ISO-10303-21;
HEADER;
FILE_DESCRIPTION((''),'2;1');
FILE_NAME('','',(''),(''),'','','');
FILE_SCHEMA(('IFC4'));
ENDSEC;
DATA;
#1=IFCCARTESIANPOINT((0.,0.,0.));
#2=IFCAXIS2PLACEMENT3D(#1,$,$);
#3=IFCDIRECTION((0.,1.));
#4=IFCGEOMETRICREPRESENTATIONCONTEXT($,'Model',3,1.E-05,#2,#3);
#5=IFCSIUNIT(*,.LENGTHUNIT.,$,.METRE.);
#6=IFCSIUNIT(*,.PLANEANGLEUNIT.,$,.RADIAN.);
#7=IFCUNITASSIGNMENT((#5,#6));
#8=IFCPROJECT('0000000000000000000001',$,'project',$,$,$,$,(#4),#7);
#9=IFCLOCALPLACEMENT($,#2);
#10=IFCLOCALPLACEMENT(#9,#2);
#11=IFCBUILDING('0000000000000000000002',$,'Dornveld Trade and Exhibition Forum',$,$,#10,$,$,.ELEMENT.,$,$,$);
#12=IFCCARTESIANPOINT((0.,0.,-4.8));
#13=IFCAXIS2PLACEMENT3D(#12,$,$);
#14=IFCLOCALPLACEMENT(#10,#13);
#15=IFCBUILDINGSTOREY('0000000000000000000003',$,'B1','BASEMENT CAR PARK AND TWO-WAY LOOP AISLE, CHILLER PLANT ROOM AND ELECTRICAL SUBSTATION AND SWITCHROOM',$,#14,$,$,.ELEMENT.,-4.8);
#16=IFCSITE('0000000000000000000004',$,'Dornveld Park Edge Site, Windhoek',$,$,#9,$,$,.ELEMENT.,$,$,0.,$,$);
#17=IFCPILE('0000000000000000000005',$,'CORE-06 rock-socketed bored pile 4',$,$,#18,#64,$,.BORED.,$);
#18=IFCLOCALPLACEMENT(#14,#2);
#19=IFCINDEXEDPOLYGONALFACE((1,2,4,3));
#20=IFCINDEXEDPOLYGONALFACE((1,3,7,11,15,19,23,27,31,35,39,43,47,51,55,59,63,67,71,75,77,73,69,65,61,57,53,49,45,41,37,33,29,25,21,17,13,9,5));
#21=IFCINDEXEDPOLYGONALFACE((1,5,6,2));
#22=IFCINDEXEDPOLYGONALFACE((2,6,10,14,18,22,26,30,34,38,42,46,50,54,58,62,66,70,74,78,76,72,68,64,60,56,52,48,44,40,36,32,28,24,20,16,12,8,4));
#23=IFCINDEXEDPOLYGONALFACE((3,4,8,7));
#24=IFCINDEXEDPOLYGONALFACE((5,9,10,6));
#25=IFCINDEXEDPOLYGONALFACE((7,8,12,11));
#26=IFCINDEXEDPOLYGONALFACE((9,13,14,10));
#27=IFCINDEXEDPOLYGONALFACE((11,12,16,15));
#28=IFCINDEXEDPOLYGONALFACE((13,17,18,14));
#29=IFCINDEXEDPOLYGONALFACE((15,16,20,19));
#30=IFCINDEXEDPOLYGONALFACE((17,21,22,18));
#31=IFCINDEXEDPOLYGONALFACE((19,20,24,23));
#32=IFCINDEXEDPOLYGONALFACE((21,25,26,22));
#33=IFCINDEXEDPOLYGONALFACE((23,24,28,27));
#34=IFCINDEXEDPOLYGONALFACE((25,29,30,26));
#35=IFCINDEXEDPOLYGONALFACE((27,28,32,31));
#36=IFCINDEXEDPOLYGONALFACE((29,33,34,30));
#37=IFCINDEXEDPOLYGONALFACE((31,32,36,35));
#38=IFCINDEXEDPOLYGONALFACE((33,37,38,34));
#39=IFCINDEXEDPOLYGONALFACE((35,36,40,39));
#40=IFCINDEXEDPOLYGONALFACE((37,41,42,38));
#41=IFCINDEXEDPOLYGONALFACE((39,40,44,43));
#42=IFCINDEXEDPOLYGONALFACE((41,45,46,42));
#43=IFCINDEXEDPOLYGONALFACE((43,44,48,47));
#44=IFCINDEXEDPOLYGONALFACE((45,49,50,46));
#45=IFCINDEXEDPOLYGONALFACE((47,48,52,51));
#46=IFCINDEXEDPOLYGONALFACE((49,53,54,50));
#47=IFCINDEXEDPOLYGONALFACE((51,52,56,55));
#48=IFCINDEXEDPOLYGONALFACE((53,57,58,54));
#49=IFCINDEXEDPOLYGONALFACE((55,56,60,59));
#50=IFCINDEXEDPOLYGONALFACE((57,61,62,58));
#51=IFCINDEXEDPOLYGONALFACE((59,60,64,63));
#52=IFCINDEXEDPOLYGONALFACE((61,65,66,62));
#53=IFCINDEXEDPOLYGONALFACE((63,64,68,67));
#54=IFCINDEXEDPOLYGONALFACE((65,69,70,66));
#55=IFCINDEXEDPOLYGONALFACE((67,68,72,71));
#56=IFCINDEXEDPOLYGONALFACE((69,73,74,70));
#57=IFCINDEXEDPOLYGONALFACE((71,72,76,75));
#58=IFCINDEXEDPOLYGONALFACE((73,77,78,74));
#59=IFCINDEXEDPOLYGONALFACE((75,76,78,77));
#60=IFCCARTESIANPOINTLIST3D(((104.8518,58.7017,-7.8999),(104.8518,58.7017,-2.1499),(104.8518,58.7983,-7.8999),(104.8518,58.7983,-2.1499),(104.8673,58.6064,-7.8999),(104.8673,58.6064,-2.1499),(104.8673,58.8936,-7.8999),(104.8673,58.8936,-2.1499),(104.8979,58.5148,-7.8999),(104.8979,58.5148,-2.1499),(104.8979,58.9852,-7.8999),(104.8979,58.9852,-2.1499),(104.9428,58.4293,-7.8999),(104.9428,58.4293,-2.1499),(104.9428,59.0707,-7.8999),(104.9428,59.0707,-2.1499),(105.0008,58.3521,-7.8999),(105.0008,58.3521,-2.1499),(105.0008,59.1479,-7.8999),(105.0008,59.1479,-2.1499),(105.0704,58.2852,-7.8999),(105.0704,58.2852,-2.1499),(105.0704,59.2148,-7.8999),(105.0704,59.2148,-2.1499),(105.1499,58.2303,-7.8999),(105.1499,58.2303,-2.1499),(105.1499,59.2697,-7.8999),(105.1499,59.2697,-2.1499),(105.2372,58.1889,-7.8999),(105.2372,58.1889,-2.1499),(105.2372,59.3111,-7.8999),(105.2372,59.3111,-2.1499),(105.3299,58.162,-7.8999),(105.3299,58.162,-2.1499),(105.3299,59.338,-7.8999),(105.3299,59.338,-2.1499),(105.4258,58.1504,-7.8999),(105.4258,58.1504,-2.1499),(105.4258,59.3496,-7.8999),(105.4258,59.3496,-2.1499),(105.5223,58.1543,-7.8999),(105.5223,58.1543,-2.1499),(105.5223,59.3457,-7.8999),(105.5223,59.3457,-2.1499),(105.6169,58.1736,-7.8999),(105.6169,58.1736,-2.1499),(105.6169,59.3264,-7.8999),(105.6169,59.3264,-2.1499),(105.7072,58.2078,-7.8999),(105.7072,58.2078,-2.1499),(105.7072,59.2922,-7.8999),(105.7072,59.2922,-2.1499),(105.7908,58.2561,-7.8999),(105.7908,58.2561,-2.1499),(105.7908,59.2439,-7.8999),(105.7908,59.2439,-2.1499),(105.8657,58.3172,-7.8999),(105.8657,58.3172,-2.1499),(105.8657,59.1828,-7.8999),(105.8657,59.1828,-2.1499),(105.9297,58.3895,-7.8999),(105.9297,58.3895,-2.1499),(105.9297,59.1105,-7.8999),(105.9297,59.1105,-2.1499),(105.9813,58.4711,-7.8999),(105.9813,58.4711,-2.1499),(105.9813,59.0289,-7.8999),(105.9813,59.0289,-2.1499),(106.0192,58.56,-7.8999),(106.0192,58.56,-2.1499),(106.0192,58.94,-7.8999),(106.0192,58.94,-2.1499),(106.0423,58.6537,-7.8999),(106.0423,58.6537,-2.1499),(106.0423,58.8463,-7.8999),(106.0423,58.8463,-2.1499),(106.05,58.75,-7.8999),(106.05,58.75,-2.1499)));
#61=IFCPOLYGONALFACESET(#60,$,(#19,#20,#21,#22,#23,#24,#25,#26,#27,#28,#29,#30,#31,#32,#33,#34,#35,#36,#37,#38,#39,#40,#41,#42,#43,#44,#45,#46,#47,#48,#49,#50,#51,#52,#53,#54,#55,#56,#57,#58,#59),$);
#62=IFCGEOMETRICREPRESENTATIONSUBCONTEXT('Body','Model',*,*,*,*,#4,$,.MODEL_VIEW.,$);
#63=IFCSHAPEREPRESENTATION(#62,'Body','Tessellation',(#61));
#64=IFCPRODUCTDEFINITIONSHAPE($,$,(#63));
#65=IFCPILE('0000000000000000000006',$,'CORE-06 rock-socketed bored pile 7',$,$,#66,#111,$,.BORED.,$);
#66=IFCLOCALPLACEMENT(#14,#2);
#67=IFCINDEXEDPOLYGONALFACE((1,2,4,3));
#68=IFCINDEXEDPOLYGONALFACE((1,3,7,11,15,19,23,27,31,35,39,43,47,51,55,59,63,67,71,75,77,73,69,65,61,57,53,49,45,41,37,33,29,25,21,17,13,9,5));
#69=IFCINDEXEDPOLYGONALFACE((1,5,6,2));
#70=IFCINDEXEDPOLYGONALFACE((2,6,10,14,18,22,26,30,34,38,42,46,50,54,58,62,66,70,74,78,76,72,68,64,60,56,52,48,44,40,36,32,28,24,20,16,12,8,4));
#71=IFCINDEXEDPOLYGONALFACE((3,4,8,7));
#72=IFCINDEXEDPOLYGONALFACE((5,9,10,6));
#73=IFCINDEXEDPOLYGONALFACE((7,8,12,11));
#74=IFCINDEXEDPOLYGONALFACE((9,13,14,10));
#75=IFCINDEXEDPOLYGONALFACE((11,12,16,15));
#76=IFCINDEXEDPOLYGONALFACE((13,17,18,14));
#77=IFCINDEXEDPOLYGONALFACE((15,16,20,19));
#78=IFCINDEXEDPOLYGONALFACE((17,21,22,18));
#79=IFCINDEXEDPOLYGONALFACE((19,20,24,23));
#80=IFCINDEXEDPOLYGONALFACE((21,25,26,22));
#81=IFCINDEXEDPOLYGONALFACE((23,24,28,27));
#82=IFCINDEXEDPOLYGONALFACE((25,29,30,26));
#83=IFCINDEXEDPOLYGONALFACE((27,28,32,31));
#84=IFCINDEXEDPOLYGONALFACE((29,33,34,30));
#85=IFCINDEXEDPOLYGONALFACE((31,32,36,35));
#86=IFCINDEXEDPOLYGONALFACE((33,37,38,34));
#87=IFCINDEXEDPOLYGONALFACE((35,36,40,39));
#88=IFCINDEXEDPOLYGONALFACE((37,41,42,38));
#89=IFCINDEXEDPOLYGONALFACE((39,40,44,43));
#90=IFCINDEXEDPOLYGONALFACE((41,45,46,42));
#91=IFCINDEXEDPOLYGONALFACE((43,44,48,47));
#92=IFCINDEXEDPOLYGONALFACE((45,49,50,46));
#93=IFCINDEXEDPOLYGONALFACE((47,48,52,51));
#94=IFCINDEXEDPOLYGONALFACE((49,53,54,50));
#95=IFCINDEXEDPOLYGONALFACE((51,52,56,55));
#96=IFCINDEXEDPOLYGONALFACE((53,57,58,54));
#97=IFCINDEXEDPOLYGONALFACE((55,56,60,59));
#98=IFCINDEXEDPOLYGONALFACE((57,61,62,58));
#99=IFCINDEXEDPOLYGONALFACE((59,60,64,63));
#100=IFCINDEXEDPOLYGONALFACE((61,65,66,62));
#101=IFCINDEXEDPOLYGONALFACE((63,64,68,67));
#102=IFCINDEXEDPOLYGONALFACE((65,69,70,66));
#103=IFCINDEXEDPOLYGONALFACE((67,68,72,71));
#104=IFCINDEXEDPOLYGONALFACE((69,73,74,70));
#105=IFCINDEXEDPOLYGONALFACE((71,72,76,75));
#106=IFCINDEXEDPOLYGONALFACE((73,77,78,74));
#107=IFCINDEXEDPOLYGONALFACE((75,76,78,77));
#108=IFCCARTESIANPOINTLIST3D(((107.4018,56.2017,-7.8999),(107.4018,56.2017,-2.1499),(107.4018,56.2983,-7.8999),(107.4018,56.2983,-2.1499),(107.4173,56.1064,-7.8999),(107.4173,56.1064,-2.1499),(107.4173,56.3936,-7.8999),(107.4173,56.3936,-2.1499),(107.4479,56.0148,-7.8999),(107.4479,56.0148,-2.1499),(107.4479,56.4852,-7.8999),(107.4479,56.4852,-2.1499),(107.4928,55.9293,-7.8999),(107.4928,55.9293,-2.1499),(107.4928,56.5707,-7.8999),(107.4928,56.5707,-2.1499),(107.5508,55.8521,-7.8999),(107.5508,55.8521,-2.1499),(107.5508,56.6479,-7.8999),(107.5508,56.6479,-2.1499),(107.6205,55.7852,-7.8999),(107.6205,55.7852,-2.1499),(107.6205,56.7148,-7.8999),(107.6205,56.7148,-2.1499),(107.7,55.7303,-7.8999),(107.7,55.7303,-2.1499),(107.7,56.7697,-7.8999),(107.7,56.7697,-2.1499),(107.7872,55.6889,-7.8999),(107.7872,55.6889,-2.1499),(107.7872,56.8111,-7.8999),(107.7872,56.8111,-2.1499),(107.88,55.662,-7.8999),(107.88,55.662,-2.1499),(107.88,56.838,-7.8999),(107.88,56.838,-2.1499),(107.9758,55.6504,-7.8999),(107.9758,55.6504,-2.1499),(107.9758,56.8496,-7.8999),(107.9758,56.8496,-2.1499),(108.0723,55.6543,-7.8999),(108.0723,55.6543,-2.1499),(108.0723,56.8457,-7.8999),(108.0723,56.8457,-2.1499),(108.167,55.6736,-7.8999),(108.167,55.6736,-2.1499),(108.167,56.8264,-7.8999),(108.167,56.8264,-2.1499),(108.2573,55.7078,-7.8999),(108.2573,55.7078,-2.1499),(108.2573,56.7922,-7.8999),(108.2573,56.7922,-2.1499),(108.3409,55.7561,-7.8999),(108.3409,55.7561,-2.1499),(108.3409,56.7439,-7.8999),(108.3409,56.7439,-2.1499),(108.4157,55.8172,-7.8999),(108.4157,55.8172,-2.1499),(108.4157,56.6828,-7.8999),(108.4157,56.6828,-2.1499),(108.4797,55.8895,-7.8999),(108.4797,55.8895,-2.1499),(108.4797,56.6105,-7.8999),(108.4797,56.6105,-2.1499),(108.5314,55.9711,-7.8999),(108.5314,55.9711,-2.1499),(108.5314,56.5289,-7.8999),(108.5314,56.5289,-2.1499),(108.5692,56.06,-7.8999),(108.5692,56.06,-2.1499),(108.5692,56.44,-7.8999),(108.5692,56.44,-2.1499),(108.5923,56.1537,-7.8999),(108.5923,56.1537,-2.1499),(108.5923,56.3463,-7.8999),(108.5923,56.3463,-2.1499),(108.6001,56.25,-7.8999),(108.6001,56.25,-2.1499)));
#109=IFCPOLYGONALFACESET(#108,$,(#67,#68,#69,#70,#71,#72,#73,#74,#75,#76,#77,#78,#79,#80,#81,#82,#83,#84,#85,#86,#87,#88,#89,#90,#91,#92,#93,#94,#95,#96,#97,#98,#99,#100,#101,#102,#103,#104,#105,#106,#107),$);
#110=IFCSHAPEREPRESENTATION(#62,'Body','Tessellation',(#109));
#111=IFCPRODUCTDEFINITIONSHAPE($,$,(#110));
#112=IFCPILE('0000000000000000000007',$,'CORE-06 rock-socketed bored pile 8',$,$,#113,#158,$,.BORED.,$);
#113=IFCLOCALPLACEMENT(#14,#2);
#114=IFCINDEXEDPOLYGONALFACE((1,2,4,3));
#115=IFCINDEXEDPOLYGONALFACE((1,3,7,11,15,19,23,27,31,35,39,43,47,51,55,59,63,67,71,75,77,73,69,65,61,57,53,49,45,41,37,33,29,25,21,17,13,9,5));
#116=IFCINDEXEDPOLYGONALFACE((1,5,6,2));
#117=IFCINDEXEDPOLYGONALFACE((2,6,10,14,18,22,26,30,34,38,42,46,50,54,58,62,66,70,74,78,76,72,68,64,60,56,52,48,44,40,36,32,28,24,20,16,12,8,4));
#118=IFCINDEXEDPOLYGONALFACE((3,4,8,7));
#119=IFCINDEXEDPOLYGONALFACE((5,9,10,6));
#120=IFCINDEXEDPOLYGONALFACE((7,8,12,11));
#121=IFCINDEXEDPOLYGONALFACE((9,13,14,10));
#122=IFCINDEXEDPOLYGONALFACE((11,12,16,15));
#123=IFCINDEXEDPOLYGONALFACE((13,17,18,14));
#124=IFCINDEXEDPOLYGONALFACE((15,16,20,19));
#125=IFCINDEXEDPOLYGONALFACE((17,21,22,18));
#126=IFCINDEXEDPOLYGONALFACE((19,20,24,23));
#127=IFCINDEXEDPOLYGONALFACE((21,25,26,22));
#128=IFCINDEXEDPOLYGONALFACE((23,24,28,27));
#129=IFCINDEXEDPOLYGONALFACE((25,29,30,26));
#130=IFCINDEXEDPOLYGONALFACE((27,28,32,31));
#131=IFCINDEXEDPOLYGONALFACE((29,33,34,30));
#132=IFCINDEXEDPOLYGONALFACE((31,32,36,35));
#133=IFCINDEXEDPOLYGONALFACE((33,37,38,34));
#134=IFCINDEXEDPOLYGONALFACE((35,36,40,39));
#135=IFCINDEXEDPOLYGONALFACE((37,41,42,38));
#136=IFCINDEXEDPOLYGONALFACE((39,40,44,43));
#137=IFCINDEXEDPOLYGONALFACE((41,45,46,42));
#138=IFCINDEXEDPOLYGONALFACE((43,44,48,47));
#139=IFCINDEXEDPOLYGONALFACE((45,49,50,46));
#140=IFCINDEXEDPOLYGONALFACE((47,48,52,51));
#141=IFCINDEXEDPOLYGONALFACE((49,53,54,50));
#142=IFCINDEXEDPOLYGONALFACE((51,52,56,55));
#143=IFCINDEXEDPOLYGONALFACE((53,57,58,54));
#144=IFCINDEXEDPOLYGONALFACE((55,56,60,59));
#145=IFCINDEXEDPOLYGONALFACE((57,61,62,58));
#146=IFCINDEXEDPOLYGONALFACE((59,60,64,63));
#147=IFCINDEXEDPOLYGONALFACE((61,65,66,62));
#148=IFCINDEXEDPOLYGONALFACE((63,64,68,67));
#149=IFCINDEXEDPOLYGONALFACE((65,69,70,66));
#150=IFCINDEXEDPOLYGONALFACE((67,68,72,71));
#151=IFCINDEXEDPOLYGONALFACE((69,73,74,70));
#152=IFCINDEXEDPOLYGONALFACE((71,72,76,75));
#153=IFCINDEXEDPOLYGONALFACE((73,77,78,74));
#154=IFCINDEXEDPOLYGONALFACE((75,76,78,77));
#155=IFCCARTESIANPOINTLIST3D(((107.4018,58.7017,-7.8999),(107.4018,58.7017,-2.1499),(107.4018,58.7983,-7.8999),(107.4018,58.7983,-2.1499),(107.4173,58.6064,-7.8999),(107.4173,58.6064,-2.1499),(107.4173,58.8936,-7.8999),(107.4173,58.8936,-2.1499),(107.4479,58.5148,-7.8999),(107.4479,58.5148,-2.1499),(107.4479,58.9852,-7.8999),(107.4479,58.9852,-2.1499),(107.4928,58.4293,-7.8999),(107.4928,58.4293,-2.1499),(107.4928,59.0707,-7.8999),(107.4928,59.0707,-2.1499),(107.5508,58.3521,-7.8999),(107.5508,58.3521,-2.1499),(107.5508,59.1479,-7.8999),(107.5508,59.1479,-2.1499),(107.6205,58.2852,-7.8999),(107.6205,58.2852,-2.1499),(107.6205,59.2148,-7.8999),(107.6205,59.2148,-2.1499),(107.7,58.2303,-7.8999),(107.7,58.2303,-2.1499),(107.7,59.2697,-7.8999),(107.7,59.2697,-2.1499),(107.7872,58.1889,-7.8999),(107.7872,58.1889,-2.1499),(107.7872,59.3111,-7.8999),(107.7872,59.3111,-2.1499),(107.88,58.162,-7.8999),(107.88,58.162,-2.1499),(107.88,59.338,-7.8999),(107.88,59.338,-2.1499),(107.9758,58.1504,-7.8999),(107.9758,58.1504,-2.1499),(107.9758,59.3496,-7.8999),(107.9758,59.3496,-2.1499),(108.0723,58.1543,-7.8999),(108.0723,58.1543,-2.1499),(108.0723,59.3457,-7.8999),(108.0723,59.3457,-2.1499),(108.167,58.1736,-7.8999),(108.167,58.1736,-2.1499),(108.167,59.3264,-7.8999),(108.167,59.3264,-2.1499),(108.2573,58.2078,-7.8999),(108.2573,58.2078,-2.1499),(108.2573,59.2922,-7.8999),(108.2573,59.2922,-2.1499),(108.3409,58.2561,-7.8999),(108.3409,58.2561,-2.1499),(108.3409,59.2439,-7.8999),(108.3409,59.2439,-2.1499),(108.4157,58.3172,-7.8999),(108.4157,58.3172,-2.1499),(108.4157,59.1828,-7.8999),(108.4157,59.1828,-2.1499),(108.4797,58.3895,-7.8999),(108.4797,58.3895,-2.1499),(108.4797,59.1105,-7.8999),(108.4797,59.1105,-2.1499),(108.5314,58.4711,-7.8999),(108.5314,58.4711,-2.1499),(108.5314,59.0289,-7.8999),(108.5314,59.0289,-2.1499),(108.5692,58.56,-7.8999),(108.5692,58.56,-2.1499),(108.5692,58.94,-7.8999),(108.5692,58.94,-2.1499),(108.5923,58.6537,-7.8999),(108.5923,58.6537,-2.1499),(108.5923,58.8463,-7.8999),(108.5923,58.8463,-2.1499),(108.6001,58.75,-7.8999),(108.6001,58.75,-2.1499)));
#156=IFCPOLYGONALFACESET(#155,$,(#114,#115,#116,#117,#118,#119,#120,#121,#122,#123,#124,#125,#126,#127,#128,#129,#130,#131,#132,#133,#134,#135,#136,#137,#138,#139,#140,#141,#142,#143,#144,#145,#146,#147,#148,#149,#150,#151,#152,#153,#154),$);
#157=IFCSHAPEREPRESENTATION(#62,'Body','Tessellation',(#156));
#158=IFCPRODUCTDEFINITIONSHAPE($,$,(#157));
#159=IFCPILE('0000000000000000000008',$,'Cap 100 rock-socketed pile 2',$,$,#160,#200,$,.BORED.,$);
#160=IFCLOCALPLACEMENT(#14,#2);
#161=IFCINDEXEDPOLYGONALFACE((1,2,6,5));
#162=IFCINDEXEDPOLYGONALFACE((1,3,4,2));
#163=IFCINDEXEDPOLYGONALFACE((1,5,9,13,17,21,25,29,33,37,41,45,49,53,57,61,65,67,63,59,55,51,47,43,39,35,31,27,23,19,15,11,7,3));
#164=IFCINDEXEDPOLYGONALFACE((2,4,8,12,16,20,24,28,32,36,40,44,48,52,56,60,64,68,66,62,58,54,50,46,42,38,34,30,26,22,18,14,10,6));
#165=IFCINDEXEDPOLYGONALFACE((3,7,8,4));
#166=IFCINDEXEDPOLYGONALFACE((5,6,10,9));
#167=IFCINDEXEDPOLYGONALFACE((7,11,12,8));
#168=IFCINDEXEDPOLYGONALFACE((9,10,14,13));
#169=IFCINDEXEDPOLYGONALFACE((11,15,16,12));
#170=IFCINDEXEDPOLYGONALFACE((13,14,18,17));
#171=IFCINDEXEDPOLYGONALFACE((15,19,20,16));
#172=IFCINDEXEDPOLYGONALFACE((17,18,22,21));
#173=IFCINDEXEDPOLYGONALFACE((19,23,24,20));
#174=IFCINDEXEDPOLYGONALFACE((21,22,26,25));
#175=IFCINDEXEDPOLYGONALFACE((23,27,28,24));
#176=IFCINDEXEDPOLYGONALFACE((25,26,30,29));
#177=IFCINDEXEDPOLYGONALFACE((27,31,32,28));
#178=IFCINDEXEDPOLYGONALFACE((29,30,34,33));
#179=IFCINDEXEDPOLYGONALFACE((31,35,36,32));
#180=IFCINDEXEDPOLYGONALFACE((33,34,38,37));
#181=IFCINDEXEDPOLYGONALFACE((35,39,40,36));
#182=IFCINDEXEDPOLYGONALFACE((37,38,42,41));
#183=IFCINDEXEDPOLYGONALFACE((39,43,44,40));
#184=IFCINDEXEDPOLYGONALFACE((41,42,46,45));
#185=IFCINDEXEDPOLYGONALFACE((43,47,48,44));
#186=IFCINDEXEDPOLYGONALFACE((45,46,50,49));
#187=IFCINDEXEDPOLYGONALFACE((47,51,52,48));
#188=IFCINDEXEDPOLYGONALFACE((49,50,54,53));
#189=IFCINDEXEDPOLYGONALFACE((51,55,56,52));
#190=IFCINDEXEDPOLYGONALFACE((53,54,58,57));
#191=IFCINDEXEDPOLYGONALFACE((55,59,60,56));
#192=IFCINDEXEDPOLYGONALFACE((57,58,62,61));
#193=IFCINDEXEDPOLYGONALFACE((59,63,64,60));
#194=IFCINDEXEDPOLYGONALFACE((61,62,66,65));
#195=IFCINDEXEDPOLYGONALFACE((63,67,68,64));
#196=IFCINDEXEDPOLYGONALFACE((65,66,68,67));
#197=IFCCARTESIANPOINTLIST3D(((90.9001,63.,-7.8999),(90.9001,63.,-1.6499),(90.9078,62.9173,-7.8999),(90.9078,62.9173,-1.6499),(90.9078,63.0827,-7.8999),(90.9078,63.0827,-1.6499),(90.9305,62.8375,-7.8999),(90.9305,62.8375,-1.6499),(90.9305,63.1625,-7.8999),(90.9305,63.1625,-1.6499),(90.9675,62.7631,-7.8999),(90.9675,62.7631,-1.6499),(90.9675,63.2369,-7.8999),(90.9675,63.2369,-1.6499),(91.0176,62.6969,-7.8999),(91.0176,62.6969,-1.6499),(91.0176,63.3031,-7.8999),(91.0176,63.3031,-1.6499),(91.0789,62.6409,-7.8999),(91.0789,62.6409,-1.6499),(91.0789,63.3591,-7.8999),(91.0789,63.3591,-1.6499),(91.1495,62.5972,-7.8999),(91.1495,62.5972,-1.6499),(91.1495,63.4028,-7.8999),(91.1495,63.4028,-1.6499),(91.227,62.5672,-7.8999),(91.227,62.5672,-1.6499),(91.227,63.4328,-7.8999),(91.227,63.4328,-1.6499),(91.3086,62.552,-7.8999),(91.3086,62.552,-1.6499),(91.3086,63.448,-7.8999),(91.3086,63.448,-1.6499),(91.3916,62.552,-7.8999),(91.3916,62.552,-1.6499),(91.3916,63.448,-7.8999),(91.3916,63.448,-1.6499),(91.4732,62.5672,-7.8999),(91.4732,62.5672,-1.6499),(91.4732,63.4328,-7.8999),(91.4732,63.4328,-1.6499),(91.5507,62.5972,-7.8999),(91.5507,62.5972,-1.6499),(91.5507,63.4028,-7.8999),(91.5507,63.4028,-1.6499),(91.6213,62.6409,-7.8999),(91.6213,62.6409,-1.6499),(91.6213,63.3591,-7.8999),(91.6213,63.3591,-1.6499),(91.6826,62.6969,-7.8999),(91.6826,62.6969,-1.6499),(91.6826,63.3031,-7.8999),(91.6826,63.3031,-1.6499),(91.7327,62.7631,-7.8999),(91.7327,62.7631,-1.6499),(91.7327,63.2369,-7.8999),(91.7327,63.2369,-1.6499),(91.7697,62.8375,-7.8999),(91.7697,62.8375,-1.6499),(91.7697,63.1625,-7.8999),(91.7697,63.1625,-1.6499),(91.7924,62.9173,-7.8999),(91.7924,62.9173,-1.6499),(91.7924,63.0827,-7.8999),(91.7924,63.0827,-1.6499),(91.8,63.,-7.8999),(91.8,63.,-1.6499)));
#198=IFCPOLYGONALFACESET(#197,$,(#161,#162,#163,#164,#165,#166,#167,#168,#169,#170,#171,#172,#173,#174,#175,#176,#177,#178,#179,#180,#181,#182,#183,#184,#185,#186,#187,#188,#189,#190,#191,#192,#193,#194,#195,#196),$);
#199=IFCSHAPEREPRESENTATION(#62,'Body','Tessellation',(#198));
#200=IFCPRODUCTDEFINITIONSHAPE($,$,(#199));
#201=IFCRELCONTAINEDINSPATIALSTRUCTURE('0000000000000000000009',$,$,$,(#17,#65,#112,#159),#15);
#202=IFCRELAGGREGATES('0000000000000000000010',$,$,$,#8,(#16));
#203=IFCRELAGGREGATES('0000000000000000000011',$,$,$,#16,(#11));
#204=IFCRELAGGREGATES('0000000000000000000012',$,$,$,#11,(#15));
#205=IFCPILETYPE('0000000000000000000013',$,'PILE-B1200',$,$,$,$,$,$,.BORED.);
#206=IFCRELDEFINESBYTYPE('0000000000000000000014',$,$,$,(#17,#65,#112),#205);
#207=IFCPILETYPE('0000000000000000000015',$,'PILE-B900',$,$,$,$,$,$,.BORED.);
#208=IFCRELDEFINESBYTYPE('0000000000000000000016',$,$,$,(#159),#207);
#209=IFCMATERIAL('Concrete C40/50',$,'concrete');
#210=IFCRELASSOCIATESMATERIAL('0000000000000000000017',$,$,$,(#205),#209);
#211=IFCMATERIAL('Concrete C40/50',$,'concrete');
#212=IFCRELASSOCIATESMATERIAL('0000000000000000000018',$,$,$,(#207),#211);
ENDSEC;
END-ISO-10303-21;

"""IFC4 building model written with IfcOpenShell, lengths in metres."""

from ifc_helpers import new_model, si_unit, direction, frame, origin, origin_2d, place, context, subcontext, project, spatial, circle, extrude, material, material_profile, profile_set, type_object, element, save


model = new_model("IFC4")

# Units and contexts
model_context = context("Model", 3, precision=1e-05, world=origin(), true_north=direction((0.0, 1.0)))
body_context = subcontext(model_context, "Body", "Model", "MODEL_VIEW")
ifc_project = project(units=[si_unit("LENGTHUNIT", "METRE"), si_unit("PLANEANGLEUNIT", "RADIAN")], contexts=[model_context])

# Site, building, storey
site_placement = place(None, origin())
site = spatial("IfcSite", under=ifc_project, at=site_placement, Name="Dornveld Park Edge Site, Windhoek", CompositionType="ELEMENT", RefElevation=0.0)
building_placement = place(site_placement, origin())
building = spatial("IfcBuilding", under=site, at=building_placement, Name="Dornveld Trade and Exhibition Forum", CompositionType="ELEMENT")
storey_placement = place(building_placement, frame((0.0, 0.0, -4.8)))
storey = spatial("IfcBuildingStorey", under=building, at=storey_placement, Name="B1", Description="BASEMENT CAR PARK AND TWO-WAY LOOP AISLE, CHILLER PLANT ROOM AND ELECTRICAL SUBSTATION AND SWITCHROOM", CompositionType="ELEMENT", Elevation=-4.8)

# Piles
ifc_material_1 = material(Name="Concrete C40/50", Category="concrete")
ifc_material_profile_1 = material_profile(ifc_material_1, circle(Radius=0.6001, at=origin_2d()), Name="PILE D1200")
ifc_profile_set_1 = profile_set([ifc_material_profile_1], Name="Concrete C40/50")
pile_type_1 = type_object("IfcPileType", Name="PILE-B1200", PredefinedType="BORED", material=ifc_profile_set_1)
for number, where, z_axis, x_axis, name in (
    (1, (105.45, 58.75, -2.1499), (0.0, 0.0, -1.0), (1.0, 0.0, 0.0), "CORE-06 rock-socketed bored pile 4"),
    (2, (108.0, 56.25, -2.1499), (0.0, 0.0, -1.0), (1.0, 0.0, 0.0), "CORE-06 rock-socketed bored pile 7"),
    (3, (108.0, 58.75, -2.1499), (0.0, 0.0, -1.0), (1.0, 0.0, 0.0), "CORE-06 rock-socketed bored pile 8"),
):
    element("IfcPile", number, at=place(storey_placement, frame(where, z_axis=z_axis, x_axis=x_axis)), inside=storey, type_object=pile_type_1, Name=name, PredefinedType="BORED", context=body_context, shape_type="SweptSolid", body=[
        extrude(circle(Radius=0.6001, at=origin_2d()), origin(), (0.0, 0.0, 1.0), 5.75),
    ])
ifc_material_2 = material(Name="Concrete C40/50", Category="concrete")
ifc_material_profile_2 = material_profile(ifc_material_2, circle(Radius=0.45, at=origin_2d()), Name="PILE D900")
ifc_profile_set_2 = profile_set([ifc_material_profile_2], Name="Concrete C40/50")
pile_type_2 = type_object("IfcPileType", Name="PILE-B900", PredefinedType="BORED", material=ifc_profile_set_2)
for number, where, z_axis, x_axis, name in (
    (4, (91.3501, 63.0, -1.6499), (0.0, 0.0, -1.0), (1.0, 0.0, 0.0), "Cap 100 rock-socketed pile 2"),
):
    element("IfcPile", number, at=place(storey_placement, frame(where, z_axis=z_axis, x_axis=x_axis)), inside=storey, type_object=pile_type_2, Name=name, PredefinedType="BORED", context=body_context, shape_type="SweptSolid", body=[
        extrude(circle(Radius=0.45, at=origin_2d()), origin(), (0.0, 0.0, 1.0), 6.25),
    ])

save(model, "model.ifc")
